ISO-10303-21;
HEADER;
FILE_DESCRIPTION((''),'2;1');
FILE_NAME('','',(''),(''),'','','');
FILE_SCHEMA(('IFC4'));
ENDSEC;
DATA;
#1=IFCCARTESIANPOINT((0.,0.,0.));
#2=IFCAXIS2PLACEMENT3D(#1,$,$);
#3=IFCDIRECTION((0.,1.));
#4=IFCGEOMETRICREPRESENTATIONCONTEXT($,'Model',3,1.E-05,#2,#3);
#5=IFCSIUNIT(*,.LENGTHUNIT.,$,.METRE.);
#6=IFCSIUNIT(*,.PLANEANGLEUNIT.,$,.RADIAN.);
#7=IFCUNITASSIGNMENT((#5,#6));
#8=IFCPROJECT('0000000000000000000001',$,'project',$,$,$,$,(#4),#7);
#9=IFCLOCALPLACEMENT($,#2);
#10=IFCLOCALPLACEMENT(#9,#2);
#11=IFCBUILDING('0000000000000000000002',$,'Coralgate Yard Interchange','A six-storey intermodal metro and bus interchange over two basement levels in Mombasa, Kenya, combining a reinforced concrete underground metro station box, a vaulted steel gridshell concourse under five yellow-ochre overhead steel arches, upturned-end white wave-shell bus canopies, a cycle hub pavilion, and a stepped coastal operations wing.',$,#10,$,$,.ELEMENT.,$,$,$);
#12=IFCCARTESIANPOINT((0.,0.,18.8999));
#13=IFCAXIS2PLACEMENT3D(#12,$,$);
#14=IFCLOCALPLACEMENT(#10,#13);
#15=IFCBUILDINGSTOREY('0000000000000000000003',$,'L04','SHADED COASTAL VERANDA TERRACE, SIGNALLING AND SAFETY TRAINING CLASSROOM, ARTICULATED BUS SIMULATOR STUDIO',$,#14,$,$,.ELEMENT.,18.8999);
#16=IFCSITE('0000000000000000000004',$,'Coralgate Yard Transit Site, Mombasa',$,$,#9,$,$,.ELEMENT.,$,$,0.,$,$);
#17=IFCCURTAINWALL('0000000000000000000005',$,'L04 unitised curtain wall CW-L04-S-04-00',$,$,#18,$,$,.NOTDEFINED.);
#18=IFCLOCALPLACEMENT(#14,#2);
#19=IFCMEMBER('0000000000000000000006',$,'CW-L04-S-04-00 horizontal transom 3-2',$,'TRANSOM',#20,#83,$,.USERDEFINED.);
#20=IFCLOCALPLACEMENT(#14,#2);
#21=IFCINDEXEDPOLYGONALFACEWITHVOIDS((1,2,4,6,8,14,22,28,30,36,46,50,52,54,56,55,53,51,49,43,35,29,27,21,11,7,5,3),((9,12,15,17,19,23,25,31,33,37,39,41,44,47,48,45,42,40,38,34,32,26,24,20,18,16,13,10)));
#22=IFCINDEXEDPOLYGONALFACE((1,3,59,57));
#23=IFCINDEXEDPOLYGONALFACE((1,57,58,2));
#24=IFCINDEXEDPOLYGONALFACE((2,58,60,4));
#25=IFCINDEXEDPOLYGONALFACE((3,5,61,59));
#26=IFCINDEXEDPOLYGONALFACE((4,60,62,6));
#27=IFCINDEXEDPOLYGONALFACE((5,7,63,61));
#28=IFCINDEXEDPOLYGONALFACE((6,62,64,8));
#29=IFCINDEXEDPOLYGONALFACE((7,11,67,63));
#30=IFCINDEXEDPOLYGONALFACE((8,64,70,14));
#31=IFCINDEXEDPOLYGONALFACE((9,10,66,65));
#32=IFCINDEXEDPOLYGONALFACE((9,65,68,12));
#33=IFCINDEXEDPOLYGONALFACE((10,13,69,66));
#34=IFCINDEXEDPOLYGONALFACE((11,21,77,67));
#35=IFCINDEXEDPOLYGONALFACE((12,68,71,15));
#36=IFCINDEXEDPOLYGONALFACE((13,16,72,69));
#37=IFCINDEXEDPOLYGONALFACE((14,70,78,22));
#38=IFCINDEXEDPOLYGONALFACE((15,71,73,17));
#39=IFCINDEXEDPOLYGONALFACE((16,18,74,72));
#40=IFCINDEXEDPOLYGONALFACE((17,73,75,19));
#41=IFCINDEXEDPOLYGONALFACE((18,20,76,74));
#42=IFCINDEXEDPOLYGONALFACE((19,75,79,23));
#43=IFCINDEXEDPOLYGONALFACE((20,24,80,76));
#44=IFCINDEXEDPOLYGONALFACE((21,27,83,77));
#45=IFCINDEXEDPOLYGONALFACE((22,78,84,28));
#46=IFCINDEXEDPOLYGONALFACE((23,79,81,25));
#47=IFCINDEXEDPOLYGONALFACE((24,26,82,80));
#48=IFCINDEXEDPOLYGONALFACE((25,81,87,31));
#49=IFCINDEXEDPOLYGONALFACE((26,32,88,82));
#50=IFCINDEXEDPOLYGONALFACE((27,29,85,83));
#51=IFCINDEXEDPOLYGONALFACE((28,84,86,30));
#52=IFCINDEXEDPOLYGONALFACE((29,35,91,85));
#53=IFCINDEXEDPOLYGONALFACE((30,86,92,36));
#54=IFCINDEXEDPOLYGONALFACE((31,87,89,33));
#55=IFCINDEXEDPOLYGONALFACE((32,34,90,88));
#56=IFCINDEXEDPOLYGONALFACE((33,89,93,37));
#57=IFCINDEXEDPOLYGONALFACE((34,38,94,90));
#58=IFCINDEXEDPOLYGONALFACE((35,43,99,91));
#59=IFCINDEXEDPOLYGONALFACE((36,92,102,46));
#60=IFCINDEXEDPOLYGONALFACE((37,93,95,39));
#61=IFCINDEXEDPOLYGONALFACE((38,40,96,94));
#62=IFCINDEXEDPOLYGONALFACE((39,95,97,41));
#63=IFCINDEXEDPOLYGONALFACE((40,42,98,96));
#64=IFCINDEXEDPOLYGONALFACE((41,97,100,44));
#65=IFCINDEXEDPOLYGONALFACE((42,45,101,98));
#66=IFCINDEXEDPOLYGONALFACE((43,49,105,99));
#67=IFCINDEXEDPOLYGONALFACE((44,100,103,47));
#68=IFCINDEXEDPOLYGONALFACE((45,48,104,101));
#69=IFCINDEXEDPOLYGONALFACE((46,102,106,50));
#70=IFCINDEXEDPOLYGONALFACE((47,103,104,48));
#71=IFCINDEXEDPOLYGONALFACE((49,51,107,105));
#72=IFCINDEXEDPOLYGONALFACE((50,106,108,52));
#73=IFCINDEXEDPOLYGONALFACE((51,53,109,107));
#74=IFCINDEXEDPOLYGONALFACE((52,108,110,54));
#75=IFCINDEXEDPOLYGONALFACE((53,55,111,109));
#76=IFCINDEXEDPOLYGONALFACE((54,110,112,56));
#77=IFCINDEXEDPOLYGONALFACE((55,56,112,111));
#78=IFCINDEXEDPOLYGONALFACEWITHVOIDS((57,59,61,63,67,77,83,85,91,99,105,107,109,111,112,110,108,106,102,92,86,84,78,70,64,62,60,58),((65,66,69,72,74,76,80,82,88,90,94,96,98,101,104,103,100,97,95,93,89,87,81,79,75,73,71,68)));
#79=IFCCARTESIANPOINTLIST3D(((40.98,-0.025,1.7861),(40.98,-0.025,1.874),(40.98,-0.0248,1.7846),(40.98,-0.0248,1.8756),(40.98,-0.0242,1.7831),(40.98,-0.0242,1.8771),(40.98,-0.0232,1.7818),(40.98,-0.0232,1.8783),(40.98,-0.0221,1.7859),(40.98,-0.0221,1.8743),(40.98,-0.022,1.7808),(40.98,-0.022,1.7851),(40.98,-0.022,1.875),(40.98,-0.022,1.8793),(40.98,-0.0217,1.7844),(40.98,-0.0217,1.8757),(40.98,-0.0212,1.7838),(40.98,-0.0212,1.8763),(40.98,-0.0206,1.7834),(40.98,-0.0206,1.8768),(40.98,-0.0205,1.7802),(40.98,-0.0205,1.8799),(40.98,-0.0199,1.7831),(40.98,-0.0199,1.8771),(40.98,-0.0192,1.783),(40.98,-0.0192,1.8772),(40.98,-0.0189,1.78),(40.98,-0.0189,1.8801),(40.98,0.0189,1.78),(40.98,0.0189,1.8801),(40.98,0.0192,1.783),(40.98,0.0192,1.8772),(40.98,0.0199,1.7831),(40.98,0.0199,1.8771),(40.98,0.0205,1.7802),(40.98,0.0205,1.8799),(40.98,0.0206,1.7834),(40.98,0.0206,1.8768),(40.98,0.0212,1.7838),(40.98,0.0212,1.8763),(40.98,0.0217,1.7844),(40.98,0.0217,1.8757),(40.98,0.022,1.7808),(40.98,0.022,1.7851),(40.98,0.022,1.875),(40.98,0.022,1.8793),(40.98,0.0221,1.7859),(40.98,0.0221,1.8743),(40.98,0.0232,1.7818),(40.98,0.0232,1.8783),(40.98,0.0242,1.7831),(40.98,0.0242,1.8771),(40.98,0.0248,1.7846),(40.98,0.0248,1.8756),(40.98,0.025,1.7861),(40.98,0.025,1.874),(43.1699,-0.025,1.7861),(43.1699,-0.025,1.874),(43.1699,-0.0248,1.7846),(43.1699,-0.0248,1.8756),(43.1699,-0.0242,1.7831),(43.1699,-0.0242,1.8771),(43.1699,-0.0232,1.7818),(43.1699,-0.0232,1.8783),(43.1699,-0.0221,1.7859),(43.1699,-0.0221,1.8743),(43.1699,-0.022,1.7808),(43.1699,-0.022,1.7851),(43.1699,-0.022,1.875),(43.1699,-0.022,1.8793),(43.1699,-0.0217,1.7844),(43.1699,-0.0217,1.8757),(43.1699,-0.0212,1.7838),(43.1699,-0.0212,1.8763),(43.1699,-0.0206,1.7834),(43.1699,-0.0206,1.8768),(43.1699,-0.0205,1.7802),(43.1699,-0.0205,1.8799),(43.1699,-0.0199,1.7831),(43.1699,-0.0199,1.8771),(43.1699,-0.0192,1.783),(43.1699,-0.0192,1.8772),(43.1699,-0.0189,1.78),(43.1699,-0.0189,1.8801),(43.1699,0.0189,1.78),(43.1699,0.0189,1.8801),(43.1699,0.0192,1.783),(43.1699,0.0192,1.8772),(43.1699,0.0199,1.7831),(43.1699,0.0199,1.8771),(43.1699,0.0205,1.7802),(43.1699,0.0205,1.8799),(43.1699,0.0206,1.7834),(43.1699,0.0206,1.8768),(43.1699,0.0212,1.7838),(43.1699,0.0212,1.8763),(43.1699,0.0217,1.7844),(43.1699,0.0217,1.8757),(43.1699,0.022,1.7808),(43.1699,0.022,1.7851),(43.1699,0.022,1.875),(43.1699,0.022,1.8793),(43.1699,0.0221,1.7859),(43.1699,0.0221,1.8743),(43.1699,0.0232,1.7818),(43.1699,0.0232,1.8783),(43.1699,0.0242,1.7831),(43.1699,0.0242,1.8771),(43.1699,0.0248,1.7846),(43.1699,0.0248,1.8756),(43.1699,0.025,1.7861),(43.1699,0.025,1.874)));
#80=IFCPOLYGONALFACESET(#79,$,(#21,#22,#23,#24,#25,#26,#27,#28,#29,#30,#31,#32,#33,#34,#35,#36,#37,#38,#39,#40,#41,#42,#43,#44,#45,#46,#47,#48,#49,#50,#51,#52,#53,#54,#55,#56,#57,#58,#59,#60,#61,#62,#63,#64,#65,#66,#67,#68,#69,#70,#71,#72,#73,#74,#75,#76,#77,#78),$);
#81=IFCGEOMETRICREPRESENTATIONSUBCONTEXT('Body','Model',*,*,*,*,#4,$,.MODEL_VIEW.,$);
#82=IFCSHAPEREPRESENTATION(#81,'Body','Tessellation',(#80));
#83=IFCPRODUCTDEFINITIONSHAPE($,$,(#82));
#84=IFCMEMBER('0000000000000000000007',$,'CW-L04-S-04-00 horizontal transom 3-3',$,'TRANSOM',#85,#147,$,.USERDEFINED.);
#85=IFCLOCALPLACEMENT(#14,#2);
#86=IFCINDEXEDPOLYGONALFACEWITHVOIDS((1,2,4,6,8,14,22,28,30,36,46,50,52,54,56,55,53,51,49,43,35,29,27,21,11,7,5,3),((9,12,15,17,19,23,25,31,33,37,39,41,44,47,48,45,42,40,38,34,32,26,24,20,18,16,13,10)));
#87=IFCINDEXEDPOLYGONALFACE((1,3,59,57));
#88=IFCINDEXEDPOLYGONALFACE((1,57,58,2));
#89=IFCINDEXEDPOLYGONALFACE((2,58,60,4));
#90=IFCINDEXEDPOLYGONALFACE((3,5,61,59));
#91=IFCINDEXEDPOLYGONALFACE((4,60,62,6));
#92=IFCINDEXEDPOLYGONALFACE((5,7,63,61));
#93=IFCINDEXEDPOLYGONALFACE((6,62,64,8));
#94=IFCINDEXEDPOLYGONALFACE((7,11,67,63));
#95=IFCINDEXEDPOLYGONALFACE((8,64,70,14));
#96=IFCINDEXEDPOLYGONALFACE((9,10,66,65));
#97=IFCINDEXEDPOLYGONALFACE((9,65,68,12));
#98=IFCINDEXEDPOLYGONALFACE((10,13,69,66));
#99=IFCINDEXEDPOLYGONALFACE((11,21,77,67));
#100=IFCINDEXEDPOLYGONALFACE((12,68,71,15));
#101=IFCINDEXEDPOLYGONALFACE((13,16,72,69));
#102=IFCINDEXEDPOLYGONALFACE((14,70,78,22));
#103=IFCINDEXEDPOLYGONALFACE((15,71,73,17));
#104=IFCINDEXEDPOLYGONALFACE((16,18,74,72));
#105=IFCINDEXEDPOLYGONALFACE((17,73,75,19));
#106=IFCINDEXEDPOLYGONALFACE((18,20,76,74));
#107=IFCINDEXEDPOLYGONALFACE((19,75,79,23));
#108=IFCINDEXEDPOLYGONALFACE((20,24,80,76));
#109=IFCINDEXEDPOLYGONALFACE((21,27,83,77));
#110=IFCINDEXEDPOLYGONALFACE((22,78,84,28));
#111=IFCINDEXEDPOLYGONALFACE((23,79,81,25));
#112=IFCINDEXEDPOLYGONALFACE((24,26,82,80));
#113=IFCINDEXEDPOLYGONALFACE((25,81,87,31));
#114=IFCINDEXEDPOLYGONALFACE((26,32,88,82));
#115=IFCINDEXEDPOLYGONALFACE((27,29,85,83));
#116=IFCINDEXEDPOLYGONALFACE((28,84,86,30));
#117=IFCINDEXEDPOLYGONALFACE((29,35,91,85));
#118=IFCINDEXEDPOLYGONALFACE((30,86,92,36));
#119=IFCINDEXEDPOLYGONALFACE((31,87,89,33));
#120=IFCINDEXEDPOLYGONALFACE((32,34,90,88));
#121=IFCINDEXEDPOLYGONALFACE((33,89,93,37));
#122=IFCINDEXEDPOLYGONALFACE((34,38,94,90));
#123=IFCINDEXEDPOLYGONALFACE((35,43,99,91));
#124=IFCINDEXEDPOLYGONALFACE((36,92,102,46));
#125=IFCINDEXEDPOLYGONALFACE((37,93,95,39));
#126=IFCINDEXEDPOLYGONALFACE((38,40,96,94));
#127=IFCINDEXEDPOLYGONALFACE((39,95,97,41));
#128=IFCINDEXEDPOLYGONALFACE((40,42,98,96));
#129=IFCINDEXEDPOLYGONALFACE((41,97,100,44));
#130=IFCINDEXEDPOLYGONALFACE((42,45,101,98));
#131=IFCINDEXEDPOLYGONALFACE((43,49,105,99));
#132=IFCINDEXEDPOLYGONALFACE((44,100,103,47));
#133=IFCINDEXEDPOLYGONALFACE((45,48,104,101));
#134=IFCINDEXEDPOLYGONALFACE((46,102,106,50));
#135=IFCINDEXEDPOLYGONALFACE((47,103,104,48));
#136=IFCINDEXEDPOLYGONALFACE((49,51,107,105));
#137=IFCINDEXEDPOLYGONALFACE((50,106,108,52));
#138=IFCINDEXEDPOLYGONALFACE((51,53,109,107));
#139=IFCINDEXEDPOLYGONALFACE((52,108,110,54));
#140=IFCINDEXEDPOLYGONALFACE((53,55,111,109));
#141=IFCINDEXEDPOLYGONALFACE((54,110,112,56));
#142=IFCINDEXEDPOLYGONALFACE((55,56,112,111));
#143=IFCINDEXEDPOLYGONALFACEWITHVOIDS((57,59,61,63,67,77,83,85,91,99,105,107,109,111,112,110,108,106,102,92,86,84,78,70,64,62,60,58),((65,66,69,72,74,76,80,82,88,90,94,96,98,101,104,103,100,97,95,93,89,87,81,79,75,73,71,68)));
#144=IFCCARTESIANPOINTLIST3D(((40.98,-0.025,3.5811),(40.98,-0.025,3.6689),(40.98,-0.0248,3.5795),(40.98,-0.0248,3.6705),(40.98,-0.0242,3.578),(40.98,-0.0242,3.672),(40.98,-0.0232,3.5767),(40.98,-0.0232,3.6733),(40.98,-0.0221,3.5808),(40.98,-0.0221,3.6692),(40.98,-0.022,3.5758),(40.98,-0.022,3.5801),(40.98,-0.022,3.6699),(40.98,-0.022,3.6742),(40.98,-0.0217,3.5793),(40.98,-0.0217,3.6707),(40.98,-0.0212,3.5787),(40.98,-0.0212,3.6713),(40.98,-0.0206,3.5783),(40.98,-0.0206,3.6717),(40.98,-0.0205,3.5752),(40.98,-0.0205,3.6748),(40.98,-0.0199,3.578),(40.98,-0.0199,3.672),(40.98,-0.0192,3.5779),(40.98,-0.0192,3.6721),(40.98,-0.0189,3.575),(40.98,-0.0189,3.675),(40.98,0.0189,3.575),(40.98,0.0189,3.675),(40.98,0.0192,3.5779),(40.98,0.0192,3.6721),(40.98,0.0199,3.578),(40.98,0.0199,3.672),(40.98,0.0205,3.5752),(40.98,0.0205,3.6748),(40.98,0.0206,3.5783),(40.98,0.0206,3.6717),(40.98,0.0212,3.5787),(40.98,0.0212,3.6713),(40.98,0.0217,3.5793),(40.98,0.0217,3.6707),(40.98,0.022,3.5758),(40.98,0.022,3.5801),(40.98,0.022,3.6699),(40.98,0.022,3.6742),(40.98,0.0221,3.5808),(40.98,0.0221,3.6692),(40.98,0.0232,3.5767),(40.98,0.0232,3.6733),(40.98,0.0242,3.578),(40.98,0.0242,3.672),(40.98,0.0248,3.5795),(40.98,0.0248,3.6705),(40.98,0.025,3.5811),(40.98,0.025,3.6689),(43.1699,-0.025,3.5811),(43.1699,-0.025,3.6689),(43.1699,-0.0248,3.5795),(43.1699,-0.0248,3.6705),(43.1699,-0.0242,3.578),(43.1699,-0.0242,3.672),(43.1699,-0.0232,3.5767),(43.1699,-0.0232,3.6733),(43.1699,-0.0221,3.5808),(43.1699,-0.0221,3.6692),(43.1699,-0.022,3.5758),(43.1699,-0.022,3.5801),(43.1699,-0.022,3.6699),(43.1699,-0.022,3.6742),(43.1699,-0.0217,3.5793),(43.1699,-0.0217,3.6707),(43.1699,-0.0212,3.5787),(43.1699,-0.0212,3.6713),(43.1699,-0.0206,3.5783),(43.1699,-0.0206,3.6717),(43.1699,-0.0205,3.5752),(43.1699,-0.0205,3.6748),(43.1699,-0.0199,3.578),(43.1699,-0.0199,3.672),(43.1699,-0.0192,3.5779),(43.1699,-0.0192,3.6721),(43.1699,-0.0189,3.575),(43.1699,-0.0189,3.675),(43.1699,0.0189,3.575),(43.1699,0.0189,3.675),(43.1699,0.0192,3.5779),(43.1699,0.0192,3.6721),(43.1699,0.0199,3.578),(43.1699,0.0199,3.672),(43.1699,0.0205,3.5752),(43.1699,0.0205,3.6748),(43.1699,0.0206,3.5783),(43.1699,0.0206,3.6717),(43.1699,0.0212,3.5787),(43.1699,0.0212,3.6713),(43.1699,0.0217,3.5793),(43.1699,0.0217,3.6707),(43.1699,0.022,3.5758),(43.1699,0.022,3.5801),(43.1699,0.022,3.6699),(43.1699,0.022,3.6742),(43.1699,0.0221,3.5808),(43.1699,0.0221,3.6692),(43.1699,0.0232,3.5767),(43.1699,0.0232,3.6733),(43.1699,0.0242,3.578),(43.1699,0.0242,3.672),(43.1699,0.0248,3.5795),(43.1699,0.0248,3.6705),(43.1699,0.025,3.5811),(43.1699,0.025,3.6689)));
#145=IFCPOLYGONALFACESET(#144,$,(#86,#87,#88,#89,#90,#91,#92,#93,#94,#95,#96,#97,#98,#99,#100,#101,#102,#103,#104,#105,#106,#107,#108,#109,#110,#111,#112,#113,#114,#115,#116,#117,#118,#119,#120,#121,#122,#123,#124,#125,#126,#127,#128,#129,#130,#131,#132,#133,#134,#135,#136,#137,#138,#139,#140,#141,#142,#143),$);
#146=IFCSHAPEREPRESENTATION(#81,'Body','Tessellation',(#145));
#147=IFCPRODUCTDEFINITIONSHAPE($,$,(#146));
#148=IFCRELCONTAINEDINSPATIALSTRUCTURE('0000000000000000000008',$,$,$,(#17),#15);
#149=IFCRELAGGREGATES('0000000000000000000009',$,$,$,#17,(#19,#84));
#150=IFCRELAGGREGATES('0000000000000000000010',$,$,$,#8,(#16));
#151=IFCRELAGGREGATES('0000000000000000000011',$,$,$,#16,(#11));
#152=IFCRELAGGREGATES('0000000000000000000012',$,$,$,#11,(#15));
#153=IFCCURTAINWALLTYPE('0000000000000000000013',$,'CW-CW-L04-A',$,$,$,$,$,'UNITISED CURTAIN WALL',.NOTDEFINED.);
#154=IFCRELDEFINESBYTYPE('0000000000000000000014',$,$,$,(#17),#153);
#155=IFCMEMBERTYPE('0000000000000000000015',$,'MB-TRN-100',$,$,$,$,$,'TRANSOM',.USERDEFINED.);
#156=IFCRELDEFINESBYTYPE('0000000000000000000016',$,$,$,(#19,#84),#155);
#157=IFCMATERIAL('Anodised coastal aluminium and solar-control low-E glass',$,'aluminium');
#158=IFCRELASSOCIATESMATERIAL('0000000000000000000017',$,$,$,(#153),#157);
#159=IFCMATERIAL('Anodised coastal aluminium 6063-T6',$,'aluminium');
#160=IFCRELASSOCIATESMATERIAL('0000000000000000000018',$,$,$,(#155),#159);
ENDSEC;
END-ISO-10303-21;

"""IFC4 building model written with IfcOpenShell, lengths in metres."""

from ifc_helpers import new_model, si_unit, direction, frame, origin, origin_2d, place, context, subcontext, project, spatial, hollow_rectangle, extrude, material, material_profile, profile_set, type_object, element, aggregate, save


model = new_model("IFC4")

# Units and contexts
model_context = context("Model", 3, precision=1e-05, world=origin(), true_north=direction((0.0, 1.0)))
body_context = subcontext(model_context, "Body", "Model", "MODEL_VIEW")
ifc_project = project(units=[si_unit("LENGTHUNIT", "METRE"), si_unit("PLANEANGLEUNIT", "RADIAN")], contexts=[model_context])

# Site, building, storey
site_placement = place(None, origin())
site = spatial("IfcSite", under=ifc_project, at=site_placement, Name="Coralgate Yard Transit Site, Mombasa", CompositionType="ELEMENT", RefElevation=0.0)
building_placement = place(site_placement, origin())
building = spatial("IfcBuilding", under=site, at=building_placement, Name="Coralgate Yard Interchange", Description="A six-storey intermodal metro and bus interchange over two basement levels in Mombasa, Kenya, combining a reinforced concrete underground metro station box, a vaulted steel gridshell concourse under five yellow-ochre overhead steel arches, upturned-end white wave-shell bus canopies, a cycle hub pavilion, and a stepped coastal operations wing.", CompositionType="ELEMENT")
storey_placement = place(building_placement, frame((0.0, 0.0, 18.8999)))
storey = spatial("IfcBuildingStorey", under=building, at=storey_placement, Name="L04", Description="SHADED COASTAL VERANDA TERRACE, SIGNALLING AND SAFETY TRAINING CLASSROOM, ARTICULATED BUS SIMULATOR STUDIO", CompositionType="ELEMENT", Elevation=18.8999)

# Curtain wall, members
ifc_material_1 = material(Name="Anodised coastal aluminium and solar-control low-E glass", Category="aluminium")
curtain_wall_type = type_object("IfcCurtainWallType", Name="CW-CW-L04-A", ElementType="UNITISED CURTAIN WALL", PredefinedType="NOTDEFINED", material=ifc_material_1)
curtain_wall_placement = place(storey_placement, origin())
curtain_wall = element("IfcCurtainWall", 1, at=curtain_wall_placement, inside=storey, type_object=curtain_wall_type, Name="L04 unitised curtain wall CW-L04-S-04-00", PredefinedType="NOTDEFINED")
ifc_material_2 = material(Name="Anodised coastal aluminium 6063-T6", Category="aluminium")
ifc_material_profile_1 = material_profile(ifc_material_2, hollow_rectangle(XDim=0.05, YDim=0.1001, WallThickness=0.0029, InnerFilletRadius=0.0029, OuterFilletRadius=0.0061, at=origin_2d()), Name="ALU 50x100x3")
ifc_profile_set_1 = profile_set([ifc_material_profile_1], Name="Anodised coastal aluminium 6063-T6")
member_type_1 = type_object("IfcMemberType", Name="MB-TRN-100", ElementType="TRANSOM", PredefinedType="USERDEFINED", material=ifc_profile_set_1)
member_1_placement = place(storey_placement, frame((43.1699, 0.0, 1.8301), z_axis=(-1.0, 0.0, 0.0), x_axis=(0.0, -1.0, 0.0)))
member_1 = element("IfcMember", 2, at=member_1_placement, type_object=member_type_1, Name="CW-L04-S-04-00 horizontal transom 3-2", ObjectType="TRANSOM", PredefinedType="USERDEFINED", context=body_context, shape_type="SweptSolid", body=[
    extrude(hollow_rectangle(XDim=0.05, YDim=0.1001, WallThickness=0.0029, InnerFilletRadius=0.0029, OuterFilletRadius=0.0061, at=origin_2d()), origin(), (0.0, 0.0, 1.0), 2.1899),
])
member_2_placement = place(storey_placement, frame((43.1699, 0.0, 3.625), z_axis=(-1.0, 0.0, 0.0), x_axis=(0.0, -1.0, 0.0)))
member_2 = element("IfcMember", 3, at=member_2_placement, type_object=member_type_1, Name="CW-L04-S-04-00 horizontal transom 3-3", ObjectType="TRANSOM", PredefinedType="USERDEFINED", context=body_context, shape_type="SweptSolid", body=[
    extrude(hollow_rectangle(XDim=0.05, YDim=0.1001, WallThickness=0.0029, InnerFilletRadius=0.0029, OuterFilletRadius=0.0061, at=origin_2d()), origin(), (0.0, 0.0, 1.0), 2.1899),
])
aggregate(curtain_wall, [member_1, member_2])

save(model, "model.ifc")
